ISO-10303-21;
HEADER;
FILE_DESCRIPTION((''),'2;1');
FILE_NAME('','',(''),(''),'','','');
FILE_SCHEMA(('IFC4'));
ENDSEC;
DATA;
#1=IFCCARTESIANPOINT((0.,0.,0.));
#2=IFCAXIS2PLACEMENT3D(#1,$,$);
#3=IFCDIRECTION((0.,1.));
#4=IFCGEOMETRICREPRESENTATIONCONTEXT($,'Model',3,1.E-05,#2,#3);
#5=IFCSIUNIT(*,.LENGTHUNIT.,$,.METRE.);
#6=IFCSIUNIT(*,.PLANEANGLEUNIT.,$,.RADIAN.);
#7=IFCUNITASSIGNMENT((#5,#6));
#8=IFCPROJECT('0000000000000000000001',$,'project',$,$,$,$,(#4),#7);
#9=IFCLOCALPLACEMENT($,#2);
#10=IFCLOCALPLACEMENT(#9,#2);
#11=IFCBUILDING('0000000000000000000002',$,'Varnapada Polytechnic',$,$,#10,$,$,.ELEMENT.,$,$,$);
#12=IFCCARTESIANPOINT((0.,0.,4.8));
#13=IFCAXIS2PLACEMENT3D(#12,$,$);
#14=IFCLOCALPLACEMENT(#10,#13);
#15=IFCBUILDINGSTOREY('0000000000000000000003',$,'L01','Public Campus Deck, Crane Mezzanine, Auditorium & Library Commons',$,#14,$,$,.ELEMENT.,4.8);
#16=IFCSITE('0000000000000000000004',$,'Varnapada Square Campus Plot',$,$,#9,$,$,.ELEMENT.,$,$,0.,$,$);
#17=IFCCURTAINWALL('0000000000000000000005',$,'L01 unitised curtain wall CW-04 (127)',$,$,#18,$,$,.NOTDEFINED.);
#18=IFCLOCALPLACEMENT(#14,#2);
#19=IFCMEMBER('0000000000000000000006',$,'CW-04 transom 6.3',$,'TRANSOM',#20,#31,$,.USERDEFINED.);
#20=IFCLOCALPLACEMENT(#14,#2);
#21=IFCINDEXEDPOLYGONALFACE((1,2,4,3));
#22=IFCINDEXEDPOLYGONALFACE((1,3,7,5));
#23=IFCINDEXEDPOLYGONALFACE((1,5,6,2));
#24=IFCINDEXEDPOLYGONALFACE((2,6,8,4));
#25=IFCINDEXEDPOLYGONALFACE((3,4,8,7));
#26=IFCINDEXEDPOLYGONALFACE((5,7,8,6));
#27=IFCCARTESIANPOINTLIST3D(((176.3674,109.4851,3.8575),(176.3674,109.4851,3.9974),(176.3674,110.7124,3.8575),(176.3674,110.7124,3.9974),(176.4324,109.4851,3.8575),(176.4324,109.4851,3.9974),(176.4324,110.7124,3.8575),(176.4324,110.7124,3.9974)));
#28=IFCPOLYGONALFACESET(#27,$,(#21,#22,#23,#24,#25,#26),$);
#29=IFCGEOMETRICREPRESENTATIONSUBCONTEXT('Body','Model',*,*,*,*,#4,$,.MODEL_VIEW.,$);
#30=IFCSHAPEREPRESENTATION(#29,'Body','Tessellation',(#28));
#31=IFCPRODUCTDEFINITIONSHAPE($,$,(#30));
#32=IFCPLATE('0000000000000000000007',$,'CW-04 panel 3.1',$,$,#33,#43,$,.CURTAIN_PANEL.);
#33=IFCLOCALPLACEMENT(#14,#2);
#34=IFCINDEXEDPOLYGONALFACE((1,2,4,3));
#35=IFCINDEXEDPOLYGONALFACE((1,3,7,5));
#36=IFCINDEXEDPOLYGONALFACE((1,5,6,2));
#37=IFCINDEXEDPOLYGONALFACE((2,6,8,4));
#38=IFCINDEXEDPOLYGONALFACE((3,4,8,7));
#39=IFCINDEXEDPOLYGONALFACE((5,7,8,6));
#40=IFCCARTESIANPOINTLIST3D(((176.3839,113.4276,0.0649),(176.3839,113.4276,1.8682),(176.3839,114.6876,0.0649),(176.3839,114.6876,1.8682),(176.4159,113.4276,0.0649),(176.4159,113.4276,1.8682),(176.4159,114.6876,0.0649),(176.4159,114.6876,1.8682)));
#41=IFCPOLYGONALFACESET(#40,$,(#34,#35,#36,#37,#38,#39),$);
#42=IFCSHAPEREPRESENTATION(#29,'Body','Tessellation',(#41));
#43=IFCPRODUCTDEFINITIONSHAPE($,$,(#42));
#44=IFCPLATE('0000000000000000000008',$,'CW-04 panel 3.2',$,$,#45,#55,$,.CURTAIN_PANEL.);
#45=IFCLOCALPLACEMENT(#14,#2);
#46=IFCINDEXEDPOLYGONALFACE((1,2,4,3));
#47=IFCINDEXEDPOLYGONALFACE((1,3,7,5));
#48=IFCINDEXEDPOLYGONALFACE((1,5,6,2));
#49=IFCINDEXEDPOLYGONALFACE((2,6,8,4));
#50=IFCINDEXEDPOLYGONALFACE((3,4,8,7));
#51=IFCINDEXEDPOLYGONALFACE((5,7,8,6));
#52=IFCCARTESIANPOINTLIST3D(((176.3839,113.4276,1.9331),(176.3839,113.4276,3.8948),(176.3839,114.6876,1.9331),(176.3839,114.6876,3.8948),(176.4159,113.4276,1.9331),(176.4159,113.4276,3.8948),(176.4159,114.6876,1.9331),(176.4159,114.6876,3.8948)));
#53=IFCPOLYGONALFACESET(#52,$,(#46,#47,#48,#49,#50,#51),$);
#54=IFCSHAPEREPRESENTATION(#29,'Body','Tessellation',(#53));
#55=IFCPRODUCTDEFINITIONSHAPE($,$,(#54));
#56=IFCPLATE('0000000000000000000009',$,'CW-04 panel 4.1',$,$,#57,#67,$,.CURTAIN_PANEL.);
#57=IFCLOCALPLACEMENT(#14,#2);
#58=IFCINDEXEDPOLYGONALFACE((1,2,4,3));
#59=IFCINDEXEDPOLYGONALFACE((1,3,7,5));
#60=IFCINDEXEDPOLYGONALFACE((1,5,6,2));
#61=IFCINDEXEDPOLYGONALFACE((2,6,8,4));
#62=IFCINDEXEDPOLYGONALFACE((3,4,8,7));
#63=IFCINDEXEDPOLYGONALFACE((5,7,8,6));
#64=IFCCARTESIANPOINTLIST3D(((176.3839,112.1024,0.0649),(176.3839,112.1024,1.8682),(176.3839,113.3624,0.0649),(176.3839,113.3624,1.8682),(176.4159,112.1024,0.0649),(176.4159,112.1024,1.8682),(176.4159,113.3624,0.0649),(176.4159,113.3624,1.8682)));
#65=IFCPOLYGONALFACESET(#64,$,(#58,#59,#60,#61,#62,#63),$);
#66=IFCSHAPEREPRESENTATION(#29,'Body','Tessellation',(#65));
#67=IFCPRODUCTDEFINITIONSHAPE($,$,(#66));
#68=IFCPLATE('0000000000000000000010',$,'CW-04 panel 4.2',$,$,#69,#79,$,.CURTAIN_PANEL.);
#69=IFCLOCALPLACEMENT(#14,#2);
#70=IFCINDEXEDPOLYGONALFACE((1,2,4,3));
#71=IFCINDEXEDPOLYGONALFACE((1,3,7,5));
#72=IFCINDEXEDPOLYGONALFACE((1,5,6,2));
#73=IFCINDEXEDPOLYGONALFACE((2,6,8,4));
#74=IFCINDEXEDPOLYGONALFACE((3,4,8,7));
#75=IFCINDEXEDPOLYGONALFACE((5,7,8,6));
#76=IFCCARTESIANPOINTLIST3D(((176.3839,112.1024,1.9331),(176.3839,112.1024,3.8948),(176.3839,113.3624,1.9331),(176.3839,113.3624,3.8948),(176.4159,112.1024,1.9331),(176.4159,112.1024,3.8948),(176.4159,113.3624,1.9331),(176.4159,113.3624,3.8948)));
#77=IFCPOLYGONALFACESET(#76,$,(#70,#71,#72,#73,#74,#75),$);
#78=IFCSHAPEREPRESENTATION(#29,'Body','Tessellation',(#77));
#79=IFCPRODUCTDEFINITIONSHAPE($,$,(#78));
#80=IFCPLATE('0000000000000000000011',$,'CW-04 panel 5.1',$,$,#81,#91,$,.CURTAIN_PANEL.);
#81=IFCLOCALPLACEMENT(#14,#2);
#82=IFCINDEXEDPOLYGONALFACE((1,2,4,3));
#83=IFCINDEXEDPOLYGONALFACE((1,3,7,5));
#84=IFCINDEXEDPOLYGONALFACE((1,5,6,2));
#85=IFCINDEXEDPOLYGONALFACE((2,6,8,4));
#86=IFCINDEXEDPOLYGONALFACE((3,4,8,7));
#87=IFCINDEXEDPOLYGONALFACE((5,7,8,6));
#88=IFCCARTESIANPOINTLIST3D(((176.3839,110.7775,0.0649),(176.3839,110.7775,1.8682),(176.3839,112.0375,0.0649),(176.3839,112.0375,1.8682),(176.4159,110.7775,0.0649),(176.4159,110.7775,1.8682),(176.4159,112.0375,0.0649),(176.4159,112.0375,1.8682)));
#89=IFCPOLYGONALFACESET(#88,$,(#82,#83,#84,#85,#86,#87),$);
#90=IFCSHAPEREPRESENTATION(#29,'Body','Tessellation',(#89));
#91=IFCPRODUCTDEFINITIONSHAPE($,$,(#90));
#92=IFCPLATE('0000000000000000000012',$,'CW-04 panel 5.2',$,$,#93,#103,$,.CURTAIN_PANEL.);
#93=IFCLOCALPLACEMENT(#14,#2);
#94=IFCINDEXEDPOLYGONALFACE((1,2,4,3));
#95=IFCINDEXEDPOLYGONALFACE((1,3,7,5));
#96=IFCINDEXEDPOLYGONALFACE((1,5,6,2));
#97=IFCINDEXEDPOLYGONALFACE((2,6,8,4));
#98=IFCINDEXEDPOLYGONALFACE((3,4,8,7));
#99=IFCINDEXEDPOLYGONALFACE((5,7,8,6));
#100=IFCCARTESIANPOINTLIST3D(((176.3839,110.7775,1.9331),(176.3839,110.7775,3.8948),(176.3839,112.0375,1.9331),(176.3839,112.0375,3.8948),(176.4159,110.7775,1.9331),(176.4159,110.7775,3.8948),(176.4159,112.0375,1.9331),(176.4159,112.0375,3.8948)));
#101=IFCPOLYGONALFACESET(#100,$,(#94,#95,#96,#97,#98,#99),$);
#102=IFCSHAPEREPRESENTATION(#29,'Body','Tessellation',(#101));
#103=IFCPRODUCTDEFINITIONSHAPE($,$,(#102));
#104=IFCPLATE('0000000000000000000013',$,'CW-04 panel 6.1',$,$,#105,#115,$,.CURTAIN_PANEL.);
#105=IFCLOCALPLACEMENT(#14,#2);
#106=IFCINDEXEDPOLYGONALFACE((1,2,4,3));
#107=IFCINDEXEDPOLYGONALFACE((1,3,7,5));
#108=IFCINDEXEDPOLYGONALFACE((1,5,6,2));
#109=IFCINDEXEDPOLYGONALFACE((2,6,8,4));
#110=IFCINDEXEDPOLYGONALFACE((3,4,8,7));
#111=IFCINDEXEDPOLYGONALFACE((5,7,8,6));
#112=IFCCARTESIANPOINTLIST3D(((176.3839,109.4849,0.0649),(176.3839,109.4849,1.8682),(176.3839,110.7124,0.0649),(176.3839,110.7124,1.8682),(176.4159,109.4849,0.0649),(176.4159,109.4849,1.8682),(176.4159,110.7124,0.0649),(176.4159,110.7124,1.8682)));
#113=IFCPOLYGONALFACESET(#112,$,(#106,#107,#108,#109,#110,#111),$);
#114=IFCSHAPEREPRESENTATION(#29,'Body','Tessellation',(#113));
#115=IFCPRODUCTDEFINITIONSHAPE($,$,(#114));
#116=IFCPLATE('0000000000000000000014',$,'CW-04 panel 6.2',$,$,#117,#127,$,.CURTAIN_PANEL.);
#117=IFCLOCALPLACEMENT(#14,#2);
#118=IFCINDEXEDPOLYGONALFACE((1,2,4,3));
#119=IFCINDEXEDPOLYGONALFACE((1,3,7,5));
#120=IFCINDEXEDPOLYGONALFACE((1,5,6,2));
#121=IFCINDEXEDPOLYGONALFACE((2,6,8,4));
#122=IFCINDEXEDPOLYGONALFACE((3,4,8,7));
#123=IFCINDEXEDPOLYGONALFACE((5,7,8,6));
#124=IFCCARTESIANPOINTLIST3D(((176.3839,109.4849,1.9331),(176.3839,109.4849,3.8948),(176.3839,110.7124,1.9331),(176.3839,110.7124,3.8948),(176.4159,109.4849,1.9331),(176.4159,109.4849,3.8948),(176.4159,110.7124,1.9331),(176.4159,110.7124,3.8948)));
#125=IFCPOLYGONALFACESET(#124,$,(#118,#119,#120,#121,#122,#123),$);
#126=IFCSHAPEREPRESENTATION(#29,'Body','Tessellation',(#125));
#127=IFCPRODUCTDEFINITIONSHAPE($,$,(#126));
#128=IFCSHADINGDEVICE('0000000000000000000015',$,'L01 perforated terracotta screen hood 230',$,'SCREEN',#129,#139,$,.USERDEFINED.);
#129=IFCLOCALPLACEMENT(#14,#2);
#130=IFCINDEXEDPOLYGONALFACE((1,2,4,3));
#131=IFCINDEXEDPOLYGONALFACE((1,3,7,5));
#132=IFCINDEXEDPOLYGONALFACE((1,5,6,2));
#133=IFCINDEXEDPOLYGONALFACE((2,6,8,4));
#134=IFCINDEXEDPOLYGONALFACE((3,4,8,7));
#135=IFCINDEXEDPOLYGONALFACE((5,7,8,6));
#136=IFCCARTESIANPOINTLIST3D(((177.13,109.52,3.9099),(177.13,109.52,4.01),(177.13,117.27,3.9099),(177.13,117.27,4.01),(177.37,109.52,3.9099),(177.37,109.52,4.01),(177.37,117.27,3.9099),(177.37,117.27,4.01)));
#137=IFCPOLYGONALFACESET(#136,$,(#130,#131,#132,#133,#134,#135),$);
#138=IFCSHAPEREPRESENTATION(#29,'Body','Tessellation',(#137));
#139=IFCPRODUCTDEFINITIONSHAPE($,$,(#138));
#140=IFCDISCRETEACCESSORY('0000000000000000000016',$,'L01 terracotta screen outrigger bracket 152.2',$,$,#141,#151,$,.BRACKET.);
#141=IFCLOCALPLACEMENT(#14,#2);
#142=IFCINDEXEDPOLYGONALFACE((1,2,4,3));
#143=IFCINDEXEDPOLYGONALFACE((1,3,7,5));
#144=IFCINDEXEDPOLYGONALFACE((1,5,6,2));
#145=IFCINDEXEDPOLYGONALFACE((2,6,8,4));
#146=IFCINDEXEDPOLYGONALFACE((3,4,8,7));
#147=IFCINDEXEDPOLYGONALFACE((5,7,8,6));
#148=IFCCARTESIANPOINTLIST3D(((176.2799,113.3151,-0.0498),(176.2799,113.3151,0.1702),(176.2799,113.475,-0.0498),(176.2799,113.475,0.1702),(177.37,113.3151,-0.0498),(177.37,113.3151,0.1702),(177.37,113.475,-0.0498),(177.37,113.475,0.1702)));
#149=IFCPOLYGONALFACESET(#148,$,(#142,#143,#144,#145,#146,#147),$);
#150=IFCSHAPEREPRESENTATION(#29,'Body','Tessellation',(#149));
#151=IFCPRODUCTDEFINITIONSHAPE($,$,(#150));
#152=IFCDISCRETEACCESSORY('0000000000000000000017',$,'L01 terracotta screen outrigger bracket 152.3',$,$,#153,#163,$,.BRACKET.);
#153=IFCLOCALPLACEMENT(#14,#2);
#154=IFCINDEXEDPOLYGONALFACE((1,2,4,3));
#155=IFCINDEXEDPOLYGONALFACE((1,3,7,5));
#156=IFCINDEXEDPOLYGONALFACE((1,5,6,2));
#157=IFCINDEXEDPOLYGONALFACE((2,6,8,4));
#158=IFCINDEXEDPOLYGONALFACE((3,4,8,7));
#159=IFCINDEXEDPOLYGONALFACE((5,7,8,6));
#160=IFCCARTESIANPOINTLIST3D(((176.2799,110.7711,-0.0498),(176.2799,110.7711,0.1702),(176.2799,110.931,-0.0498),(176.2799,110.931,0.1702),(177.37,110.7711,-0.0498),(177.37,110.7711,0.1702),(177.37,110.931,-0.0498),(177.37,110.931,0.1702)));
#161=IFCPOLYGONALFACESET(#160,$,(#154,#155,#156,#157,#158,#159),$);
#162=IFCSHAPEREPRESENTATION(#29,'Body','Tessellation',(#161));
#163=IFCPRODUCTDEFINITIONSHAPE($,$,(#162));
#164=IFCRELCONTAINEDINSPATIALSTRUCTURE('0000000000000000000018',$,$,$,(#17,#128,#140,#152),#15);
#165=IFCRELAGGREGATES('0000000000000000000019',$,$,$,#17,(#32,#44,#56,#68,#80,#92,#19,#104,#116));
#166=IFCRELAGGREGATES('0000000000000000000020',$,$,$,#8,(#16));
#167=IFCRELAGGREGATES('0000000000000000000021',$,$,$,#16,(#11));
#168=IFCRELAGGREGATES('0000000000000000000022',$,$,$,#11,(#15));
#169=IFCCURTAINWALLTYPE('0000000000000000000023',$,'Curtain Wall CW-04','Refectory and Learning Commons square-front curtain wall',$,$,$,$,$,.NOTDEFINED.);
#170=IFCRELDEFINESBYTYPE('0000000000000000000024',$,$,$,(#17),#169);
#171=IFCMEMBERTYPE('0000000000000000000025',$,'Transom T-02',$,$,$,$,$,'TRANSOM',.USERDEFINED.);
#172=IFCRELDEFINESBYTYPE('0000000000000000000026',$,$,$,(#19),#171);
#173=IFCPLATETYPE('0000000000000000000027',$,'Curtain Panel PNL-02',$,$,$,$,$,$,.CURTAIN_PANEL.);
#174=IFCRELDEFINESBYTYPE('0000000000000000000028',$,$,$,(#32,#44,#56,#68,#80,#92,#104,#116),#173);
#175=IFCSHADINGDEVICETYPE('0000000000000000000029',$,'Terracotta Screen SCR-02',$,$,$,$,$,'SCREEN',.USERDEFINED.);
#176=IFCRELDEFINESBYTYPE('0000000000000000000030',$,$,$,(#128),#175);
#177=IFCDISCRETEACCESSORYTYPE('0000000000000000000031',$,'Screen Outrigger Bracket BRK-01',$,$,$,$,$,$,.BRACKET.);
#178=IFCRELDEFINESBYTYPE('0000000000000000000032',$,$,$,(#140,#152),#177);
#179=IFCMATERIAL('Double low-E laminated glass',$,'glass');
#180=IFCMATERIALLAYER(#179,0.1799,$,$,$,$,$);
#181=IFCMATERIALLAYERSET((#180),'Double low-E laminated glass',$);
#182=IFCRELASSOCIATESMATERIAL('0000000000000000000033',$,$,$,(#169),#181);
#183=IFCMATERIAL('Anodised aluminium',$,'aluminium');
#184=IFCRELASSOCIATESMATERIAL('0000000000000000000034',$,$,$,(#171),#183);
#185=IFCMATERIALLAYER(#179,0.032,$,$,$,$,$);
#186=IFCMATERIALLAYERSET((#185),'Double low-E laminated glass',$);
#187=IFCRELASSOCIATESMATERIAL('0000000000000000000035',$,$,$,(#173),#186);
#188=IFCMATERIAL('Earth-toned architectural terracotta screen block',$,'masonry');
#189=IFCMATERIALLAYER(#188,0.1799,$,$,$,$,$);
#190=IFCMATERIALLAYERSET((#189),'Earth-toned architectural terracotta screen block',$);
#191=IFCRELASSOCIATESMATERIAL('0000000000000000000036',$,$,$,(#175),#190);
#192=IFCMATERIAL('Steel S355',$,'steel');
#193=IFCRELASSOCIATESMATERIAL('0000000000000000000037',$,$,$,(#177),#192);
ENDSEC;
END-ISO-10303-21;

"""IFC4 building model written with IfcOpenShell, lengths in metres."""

from ifc_helpers import new_model, si_unit, direction, frame, origin, origin_2d, place, context, subcontext, project, spatial, rectangle, extrude, material, layer, layer_set, material_profile, profile_set, type_object, element, aggregate, save


model = new_model("IFC4")

# Units and contexts
model_context = context("Model", 3, precision=1e-05, world=origin(), true_north=direction((0.0, 1.0)))
body_context = subcontext(model_context, "Body", "Model", "MODEL_VIEW")
ifc_project = project(units=[si_unit("LENGTHUNIT", "METRE"), si_unit("PLANEANGLEUNIT", "RADIAN")], contexts=[model_context])

# Site, building, storey
site_placement = place(None, origin())
site = spatial("IfcSite", under=ifc_project, at=site_placement, Name="Varnapada Square Campus Plot", CompositionType="ELEMENT", RefElevation=0.0)
building_placement = place(site_placement, origin())
building = spatial("IfcBuilding", under=site, at=building_placement, Name="Varnapada Polytechnic", CompositionType="ELEMENT")
storey_placement = place(building_placement, frame((0.0, 0.0, 4.8)))
storey = spatial("IfcBuildingStorey", under=building, at=storey_placement, Name="L01", Description="Public Campus Deck, Crane Mezzanine, Auditorium & Library Commons", CompositionType="ELEMENT", Elevation=4.8)

# Curtain wall, member, plates
ifc_material_1 = material(Name="Double low-E laminated glass", Category="glass")
ifc_layer_1 = layer(ifc_material_1, 0.1799)
ifc_layer_set_1 = layer_set([ifc_layer_1], Name="Double low-E laminated glass")
curtain_wall_type = type_object("IfcCurtainWallType", Name="Curtain Wall CW-04", Description="Refectory and Learning Commons square-front curtain wall", PredefinedType="NOTDEFINED", material=ifc_layer_set_1)
curtain_wall_placement = place(storey_placement, origin())
curtain_wall = element("IfcCurtainWall", 1, at=curtain_wall_placement, inside=storey, type_object=curtain_wall_type, Name="L01 unitised curtain wall CW-04 (127)", PredefinedType="NOTDEFINED")
ifc_material_2 = material(Name="Anodised aluminium", Category="aluminium")
ifc_material_profile_1 = material_profile(ifc_material_2, rectangle(XDim=0.0649, YDim=0.1399, at=origin_2d()), Name="ALU T65x140")
ifc_profile_set_1 = profile_set([ifc_material_profile_1], Name="Anodised aluminium")
member_type_1 = type_object("IfcMemberType", Name="Transom T-02", ElementType="TRANSOM", PredefinedType="USERDEFINED", material=ifc_profile_set_1)
member_1_placement = place(storey_placement, frame((176.3999, 110.7124, 3.9275), z_axis=(0.0, -1.0, 0.0), x_axis=(1.0, 0.0, 0.0)))
member_1 = element("IfcMember", 2, at=member_1_placement, type_object=member_type_1, Name="CW-04 transom 6.3", ObjectType="TRANSOM", PredefinedType="USERDEFINED", context=body_context, shape_type="SweptSolid", body=[
    extrude(rectangle(XDim=0.0649, YDim=0.1399, at=origin_2d()), origin(), (0.0, 0.0, 1.0), 1.2273),
])
ifc_layer_2 = layer(ifc_material_1, 0.032)
ifc_layer_set_2 = layer_set([ifc_layer_2], Name="Double low-E laminated glass")
plate_type = type_object("IfcPlateType", Name="Curtain Panel PNL-02", PredefinedType="CURTAIN_PANEL", material=ifc_layer_set_2)
plate_1_placement = place(storey_placement, frame((176.3999, 114.0576, 0.0649), z_axis=(0.0, 0.0, 1.0), x_axis=(0.0, -1.0, 0.0)))
plate_1 = element("IfcPlate", 3, at=plate_1_placement, type_object=plate_type, Name="CW-04 panel 3.1", PredefinedType="CURTAIN_PANEL", context=body_context, shape_type="SweptSolid", body=[
    extrude(rectangle(XDim=1.26, YDim=0.032, at=origin_2d()), origin(), (0.0, 0.0, 1.0), 1.8032),
])
plate_2_placement = place(storey_placement, frame((176.3999, 114.0576, 1.9331), z_axis=(0.0, 0.0, 1.0), x_axis=(0.0, -1.0, 0.0)))
plate_2 = element("IfcPlate", 4, at=plate_2_placement, type_object=plate_type, Name="CW-04 panel 3.2", PredefinedType="CURTAIN_PANEL", context=body_context, shape_type="SweptSolid", body=[
    extrude(rectangle(XDim=1.26, YDim=0.032, at=origin_2d()), origin(), (0.0, 0.0, 1.0), 1.9617),
])
plate_3_placement = place(storey_placement, frame((176.3999, 112.7324, 0.0649), z_axis=(0.0, 0.0, 1.0), x_axis=(0.0, -1.0, 0.0)))
plate_3 = element("IfcPlate", 5, at=plate_3_placement, type_object=plate_type, Name="CW-04 panel 4.1", PredefinedType="CURTAIN_PANEL", context=body_context, shape_type="SweptSolid", body=[
    extrude(rectangle(XDim=1.26, YDim=0.032, at=origin_2d()), origin(), (0.0, 0.0, 1.0), 1.8032),
])
plate_4_placement = place(storey_placement, frame((176.3999, 112.7324, 1.9331), z_axis=(0.0, 0.0, 1.0), x_axis=(0.0, -1.0, 0.0)))
plate_4 = element("IfcPlate", 6, at=plate_4_placement, type_object=plate_type, Name="CW-04 panel 4.2", PredefinedType="CURTAIN_PANEL", context=body_context, shape_type="SweptSolid", body=[
    extrude(rectangle(XDim=1.26, YDim=0.032, at=origin_2d()), origin(), (0.0, 0.0, 1.0), 1.9617),
])
plate_5_placement = place(storey_placement, frame((176.3999, 111.4075, 0.0649), z_axis=(0.0, 0.0, 1.0), x_axis=(0.0, -1.0, 0.0)))
plate_5 = element("IfcPlate", 7, at=plate_5_placement, type_object=plate_type, Name="CW-04 panel 5.1", PredefinedType="CURTAIN_PANEL", context=body_context, shape_type="SweptSolid", body=[
    extrude(rectangle(XDim=1.26, YDim=0.032, at=origin_2d()), origin(), (0.0, 0.0, 1.0), 1.8032),
])
plate_6_placement = place(storey_placement, frame((176.3999, 111.4075, 1.9331), z_axis=(0.0, 0.0, 1.0), x_axis=(0.0, -1.0, 0.0)))
plate_6 = element("IfcPlate", 8, at=plate_6_placement, type_object=plate_type, Name="CW-04 panel 5.2", PredefinedType="CURTAIN_PANEL", context=body_context, shape_type="SweptSolid", body=[
    extrude(rectangle(XDim=1.26, YDim=0.032, at=origin_2d()), origin(), (0.0, 0.0, 1.0), 1.9617),
])
plate_7_placement = place(storey_placement, frame((176.3999, 110.0986, 0.0649), z_axis=(0.0, 0.0, 1.0), x_axis=(0.0, -1.0, 0.0)))
plate_7 = element("IfcPlate", 9, at=plate_7_placement, type_object=plate_type, Name="CW-04 panel 6.1", PredefinedType="CURTAIN_PANEL", context=body_context, shape_type="SweptSolid", body=[
    extrude(rectangle(XDim=1.2275, YDim=0.032, at=origin_2d()), origin(), (0.0, 0.0, 1.0), 1.8032),
])
plate_8_placement = place(storey_placement, frame((176.3999, 110.0986, 1.9331), z_axis=(0.0, 0.0, 1.0), x_axis=(0.0, -1.0, 0.0)))
plate_8 = element("IfcPlate", 10, at=plate_8_placement, type_object=plate_type, Name="CW-04 panel 6.2", PredefinedType="CURTAIN_PANEL", context=body_context, shape_type="SweptSolid", body=[
    extrude(rectangle(XDim=1.2275, YDim=0.032, at=origin_2d()), origin(), (0.0, 0.0, 1.0), 1.9617),
])
aggregate(curtain_wall, [plate_1, plate_2, plate_3, plate_4, plate_5, plate_6, member_1, plate_7, plate_8])

# Shading device
ifc_material_3 = material(Name="Earth-toned architectural terracotta screen block", Category="masonry")
ifc_layer_3 = layer(ifc_material_3, 0.1799)
ifc_layer_set_3 = layer_set([ifc_layer_3], Name="Earth-toned architectural terracotta screen block")
shading_device_type = type_object("IfcShadingDeviceType", Name="Terracotta Screen SCR-02", ElementType="SCREEN", PredefinedType="USERDEFINED", material=ifc_layer_set_3)
shading_device_placement = place(storey_placement, frame((177.25, 113.395, 3.9099), z_axis=(0.0, 0.0, 1.0), x_axis=(0.0, -1.0, 0.0)))
element("IfcShadingDevice", 11, at=shading_device_placement, inside=storey, type_object=shading_device_type, Name="L01 perforated terracotta screen hood 230", ObjectType="SCREEN", PredefinedType="USERDEFINED", context=body_context, shape_type="SweptSolid", body=[
    extrude(rectangle(XDim=7.75, YDim=0.24, at=origin_2d()), origin(), (0.0, 0.0, 1.0), 0.1001),
])

# Discrete accessories
ifc_material_4 = material(Name="Steel S355", Category="steel")
discrete_accessory_type = type_object("IfcDiscreteAccessoryType", Name="Screen Outrigger Bracket BRK-01", PredefinedType="BRACKET", material=ifc_material_4)
for number, where, z_axis, x_axis, name in (
    (12, (176.825, 113.395, -0.0498), (0.0, 0.0, 1.0), (0.0, -1.0, 0.0), "L01 terracotta screen outrigger bracket 152.2"),
    (13, (176.825, 110.8511, -0.0498), (0.0, 0.0, 1.0), (0.0, -1.0, 0.0), "L01 terracotta screen outrigger bracket 152.3"),
):
    element("IfcDiscreteAccessory", number, at=place(storey_placement, frame(where, z_axis=z_axis, x_axis=x_axis)), inside=storey, type_object=discrete_accessory_type, Name=name, PredefinedType="BRACKET", context=body_context, shape_type="SweptSolid", body=[
        extrude(rectangle(XDim=0.1599, YDim=1.0901, at=origin_2d()), origin(), (0.0, 0.0, 1.0), 0.22),
    ])

save(model, "model.ifc")
